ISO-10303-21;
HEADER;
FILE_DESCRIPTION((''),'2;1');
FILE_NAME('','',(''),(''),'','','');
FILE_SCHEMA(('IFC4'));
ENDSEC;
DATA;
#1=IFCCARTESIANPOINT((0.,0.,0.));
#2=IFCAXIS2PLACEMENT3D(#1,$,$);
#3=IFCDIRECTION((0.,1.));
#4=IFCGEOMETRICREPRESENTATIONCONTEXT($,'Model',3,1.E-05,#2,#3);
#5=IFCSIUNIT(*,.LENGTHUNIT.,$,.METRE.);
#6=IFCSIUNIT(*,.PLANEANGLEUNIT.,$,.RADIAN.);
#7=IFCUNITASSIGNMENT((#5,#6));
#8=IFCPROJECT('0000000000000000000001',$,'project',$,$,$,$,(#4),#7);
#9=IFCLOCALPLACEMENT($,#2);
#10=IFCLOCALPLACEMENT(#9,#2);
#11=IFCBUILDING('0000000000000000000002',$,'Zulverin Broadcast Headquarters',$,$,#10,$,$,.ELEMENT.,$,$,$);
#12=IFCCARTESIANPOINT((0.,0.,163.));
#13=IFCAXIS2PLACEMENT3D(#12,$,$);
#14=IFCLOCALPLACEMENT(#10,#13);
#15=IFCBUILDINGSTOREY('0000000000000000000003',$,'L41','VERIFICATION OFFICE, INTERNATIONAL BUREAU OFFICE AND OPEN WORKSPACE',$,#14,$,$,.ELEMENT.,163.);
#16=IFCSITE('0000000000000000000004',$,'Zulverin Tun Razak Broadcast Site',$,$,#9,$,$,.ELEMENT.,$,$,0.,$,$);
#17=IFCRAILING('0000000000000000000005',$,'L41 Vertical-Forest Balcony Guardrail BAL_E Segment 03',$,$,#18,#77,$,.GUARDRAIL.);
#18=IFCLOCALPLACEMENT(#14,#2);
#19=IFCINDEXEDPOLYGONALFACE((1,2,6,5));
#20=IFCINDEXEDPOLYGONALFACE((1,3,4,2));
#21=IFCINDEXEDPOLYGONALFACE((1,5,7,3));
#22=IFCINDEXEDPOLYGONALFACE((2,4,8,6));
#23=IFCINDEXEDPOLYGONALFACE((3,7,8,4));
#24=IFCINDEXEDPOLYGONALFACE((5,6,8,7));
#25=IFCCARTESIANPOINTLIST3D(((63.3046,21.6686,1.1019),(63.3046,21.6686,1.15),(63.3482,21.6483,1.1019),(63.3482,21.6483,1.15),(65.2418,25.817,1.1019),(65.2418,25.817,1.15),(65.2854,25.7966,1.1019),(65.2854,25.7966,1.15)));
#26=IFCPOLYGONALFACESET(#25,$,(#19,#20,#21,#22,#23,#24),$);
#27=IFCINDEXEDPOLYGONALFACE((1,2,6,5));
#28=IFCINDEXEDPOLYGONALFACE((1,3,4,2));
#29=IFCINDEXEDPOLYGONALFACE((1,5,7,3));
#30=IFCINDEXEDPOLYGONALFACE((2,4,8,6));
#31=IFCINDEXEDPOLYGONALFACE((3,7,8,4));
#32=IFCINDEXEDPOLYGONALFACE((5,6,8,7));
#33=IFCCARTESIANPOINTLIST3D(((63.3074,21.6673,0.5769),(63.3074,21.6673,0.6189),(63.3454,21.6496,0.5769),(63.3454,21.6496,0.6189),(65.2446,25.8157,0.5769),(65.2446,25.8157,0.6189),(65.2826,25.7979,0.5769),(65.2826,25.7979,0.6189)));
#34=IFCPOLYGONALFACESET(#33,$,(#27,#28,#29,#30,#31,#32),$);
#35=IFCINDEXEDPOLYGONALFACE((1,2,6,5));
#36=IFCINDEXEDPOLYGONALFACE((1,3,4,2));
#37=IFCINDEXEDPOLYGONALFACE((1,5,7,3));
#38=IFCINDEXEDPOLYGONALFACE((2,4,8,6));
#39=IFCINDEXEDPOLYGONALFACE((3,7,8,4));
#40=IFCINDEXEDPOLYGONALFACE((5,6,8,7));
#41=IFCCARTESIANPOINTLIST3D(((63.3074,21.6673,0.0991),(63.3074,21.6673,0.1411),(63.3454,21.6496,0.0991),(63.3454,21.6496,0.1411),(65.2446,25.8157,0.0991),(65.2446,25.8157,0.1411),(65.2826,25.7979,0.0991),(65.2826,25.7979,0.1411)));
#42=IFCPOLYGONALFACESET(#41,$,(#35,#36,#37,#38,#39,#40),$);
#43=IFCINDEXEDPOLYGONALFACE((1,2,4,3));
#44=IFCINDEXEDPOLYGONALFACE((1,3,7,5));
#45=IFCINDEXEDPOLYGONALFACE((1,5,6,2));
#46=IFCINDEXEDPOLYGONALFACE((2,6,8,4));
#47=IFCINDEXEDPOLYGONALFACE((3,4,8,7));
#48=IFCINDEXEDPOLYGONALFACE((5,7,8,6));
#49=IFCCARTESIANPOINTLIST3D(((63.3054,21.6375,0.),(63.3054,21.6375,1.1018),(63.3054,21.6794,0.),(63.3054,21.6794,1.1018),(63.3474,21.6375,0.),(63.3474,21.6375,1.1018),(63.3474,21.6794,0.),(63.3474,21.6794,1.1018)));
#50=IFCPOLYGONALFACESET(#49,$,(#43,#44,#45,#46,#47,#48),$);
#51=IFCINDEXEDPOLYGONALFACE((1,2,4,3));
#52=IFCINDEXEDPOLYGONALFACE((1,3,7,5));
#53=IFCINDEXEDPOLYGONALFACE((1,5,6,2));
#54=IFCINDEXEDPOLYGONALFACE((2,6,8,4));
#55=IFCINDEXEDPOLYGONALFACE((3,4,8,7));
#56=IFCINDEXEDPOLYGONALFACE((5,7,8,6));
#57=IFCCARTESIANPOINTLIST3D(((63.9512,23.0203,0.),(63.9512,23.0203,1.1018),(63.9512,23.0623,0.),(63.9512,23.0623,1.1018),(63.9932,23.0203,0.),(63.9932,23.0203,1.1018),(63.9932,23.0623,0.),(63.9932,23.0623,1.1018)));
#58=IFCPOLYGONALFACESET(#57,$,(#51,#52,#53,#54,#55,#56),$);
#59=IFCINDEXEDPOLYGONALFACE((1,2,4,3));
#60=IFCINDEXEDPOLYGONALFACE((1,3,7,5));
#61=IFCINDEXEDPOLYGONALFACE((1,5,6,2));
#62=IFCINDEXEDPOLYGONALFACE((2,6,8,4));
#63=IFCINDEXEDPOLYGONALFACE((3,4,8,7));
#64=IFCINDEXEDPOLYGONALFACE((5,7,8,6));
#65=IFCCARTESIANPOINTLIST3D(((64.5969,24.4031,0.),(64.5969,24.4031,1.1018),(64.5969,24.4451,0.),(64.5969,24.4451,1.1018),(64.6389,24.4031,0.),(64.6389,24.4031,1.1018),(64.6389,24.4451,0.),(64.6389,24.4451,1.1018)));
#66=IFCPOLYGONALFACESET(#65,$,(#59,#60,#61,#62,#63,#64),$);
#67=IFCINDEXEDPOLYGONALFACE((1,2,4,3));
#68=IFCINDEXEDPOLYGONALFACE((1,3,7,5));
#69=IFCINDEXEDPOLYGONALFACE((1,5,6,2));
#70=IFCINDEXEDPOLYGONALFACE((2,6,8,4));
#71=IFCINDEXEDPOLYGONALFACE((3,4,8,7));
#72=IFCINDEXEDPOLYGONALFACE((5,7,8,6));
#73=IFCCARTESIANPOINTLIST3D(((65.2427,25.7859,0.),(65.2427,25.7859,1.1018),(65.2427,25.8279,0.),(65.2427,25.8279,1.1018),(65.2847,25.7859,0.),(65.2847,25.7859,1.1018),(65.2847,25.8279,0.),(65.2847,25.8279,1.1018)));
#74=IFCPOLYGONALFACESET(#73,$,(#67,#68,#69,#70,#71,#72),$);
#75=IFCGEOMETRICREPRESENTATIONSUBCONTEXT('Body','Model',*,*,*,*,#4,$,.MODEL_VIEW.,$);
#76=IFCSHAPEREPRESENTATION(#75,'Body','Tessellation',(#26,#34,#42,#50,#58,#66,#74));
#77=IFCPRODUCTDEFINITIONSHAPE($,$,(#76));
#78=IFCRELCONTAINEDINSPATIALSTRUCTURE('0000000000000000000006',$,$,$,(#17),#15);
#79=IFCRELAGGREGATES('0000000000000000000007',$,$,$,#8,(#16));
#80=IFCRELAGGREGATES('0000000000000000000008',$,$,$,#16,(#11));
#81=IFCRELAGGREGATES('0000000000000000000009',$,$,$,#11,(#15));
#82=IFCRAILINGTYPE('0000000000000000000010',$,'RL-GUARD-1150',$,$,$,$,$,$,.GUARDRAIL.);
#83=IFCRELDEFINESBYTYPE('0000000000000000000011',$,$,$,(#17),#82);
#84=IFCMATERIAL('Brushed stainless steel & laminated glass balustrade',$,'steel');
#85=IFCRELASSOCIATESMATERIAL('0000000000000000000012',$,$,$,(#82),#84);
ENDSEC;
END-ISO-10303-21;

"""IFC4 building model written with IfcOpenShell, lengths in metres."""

from ifc_helpers import new_model, si_unit, direction, frame, origin, origin_2d, place, context, subcontext, project, spatial, rectangle, extrude, material, type_object, element, save


model = new_model("IFC4")

# Units and contexts
model_context = context("Model", 3, precision=1e-05, world=origin(), true_north=direction((0.0, 1.0)))
body_context = subcontext(model_context, "Body", "Model", "MODEL_VIEW")
ifc_project = project(units=[si_unit("LENGTHUNIT", "METRE"), si_unit("PLANEANGLEUNIT", "RADIAN")], contexts=[model_context])

# Site, building, storey
site_placement = place(None, origin())
site = spatial("IfcSite", under=ifc_project, at=site_placement, Name="Zulverin Tun Razak Broadcast Site", CompositionType="ELEMENT", RefElevation=0.0)
building_placement = place(site_placement, origin())
building = spatial("IfcBuilding", under=site, at=building_placement, Name="Zulverin Broadcast Headquarters", CompositionType="ELEMENT")
storey_placement = place(building_placement, frame((0.0, 0.0, 163.0)))
storey = spatial("IfcBuildingStorey", under=building, at=storey_placement, Name="L41", Description="VERIFICATION OFFICE, INTERNATIONAL BUREAU OFFICE AND OPEN WORKSPACE", CompositionType="ELEMENT", Elevation=163.0)

# Railing
ifc_material_1 = material(Name="Brushed stainless steel & laminated glass balustrade", Category="steel")
railing_type = type_object("IfcRailingType", Name="RL-GUARD-1150", PredefinedType="GUARDRAIL", material=ifc_material_1)
railing_1_placement = place(storey_placement, frame((63.3264, 21.6584, 0.0)))
element("IfcRailing", 1, at=railing_1_placement, inside=storey, type_object=railing_type, Name="L41 Vertical-Forest Balcony Guardrail BAL_E Segment 03", PredefinedType="GUARDRAIL", context=body_context, shape_type="SweptSolid", body=[
    extrude(rectangle(XDim=0.0481, YDim=0.0481, at=origin_2d()), frame((0.0, 0.0, 1.126), z_axis=(0.423122, 0.906073, 0.0), x_axis=(-0.906073, 0.423122, 0.0)), (0.0, 0.0, 1.0), 4.5784),
    extrude(rectangle(XDim=0.042, YDim=0.042, at=origin_2d()), frame((0.0, 0.0, 0.5979), z_axis=(0.423122, 0.906073, 0.0), x_axis=(-0.906073, 0.423122, 0.0)), (0.0, 0.0, 1.0), 4.5784),
    extrude(rectangle(XDim=0.042, YDim=0.042, at=origin_2d()), frame((0.0, 0.0, 0.1201), z_axis=(0.423122, 0.906073, 0.0), x_axis=(-0.906073, 0.423122, 0.0)), (0.0, 0.0, 1.0), 4.5784),
    extrude(rectangle(XDim=0.042, YDim=0.042, at=origin_2d()), origin(), (0.0, 0.0, 1.0), 1.1018),
    extrude(rectangle(XDim=0.042, YDim=0.042, at=origin_2d()), frame((0.6458, 1.3828, 0.0)), (0.0, 0.0, 1.0), 1.1018),
    extrude(rectangle(XDim=0.042, YDim=0.042, at=origin_2d()), frame((1.2915, 2.7656, 0.0)), (0.0, 0.0, 1.0), 1.1018),
    extrude(rectangle(XDim=0.042, YDim=0.042, at=origin_2d()), frame((1.9373, 4.1484, 0.0)), (0.0, 0.0, 1.0), 1.1018),
])

save(model, "model.ifc")
